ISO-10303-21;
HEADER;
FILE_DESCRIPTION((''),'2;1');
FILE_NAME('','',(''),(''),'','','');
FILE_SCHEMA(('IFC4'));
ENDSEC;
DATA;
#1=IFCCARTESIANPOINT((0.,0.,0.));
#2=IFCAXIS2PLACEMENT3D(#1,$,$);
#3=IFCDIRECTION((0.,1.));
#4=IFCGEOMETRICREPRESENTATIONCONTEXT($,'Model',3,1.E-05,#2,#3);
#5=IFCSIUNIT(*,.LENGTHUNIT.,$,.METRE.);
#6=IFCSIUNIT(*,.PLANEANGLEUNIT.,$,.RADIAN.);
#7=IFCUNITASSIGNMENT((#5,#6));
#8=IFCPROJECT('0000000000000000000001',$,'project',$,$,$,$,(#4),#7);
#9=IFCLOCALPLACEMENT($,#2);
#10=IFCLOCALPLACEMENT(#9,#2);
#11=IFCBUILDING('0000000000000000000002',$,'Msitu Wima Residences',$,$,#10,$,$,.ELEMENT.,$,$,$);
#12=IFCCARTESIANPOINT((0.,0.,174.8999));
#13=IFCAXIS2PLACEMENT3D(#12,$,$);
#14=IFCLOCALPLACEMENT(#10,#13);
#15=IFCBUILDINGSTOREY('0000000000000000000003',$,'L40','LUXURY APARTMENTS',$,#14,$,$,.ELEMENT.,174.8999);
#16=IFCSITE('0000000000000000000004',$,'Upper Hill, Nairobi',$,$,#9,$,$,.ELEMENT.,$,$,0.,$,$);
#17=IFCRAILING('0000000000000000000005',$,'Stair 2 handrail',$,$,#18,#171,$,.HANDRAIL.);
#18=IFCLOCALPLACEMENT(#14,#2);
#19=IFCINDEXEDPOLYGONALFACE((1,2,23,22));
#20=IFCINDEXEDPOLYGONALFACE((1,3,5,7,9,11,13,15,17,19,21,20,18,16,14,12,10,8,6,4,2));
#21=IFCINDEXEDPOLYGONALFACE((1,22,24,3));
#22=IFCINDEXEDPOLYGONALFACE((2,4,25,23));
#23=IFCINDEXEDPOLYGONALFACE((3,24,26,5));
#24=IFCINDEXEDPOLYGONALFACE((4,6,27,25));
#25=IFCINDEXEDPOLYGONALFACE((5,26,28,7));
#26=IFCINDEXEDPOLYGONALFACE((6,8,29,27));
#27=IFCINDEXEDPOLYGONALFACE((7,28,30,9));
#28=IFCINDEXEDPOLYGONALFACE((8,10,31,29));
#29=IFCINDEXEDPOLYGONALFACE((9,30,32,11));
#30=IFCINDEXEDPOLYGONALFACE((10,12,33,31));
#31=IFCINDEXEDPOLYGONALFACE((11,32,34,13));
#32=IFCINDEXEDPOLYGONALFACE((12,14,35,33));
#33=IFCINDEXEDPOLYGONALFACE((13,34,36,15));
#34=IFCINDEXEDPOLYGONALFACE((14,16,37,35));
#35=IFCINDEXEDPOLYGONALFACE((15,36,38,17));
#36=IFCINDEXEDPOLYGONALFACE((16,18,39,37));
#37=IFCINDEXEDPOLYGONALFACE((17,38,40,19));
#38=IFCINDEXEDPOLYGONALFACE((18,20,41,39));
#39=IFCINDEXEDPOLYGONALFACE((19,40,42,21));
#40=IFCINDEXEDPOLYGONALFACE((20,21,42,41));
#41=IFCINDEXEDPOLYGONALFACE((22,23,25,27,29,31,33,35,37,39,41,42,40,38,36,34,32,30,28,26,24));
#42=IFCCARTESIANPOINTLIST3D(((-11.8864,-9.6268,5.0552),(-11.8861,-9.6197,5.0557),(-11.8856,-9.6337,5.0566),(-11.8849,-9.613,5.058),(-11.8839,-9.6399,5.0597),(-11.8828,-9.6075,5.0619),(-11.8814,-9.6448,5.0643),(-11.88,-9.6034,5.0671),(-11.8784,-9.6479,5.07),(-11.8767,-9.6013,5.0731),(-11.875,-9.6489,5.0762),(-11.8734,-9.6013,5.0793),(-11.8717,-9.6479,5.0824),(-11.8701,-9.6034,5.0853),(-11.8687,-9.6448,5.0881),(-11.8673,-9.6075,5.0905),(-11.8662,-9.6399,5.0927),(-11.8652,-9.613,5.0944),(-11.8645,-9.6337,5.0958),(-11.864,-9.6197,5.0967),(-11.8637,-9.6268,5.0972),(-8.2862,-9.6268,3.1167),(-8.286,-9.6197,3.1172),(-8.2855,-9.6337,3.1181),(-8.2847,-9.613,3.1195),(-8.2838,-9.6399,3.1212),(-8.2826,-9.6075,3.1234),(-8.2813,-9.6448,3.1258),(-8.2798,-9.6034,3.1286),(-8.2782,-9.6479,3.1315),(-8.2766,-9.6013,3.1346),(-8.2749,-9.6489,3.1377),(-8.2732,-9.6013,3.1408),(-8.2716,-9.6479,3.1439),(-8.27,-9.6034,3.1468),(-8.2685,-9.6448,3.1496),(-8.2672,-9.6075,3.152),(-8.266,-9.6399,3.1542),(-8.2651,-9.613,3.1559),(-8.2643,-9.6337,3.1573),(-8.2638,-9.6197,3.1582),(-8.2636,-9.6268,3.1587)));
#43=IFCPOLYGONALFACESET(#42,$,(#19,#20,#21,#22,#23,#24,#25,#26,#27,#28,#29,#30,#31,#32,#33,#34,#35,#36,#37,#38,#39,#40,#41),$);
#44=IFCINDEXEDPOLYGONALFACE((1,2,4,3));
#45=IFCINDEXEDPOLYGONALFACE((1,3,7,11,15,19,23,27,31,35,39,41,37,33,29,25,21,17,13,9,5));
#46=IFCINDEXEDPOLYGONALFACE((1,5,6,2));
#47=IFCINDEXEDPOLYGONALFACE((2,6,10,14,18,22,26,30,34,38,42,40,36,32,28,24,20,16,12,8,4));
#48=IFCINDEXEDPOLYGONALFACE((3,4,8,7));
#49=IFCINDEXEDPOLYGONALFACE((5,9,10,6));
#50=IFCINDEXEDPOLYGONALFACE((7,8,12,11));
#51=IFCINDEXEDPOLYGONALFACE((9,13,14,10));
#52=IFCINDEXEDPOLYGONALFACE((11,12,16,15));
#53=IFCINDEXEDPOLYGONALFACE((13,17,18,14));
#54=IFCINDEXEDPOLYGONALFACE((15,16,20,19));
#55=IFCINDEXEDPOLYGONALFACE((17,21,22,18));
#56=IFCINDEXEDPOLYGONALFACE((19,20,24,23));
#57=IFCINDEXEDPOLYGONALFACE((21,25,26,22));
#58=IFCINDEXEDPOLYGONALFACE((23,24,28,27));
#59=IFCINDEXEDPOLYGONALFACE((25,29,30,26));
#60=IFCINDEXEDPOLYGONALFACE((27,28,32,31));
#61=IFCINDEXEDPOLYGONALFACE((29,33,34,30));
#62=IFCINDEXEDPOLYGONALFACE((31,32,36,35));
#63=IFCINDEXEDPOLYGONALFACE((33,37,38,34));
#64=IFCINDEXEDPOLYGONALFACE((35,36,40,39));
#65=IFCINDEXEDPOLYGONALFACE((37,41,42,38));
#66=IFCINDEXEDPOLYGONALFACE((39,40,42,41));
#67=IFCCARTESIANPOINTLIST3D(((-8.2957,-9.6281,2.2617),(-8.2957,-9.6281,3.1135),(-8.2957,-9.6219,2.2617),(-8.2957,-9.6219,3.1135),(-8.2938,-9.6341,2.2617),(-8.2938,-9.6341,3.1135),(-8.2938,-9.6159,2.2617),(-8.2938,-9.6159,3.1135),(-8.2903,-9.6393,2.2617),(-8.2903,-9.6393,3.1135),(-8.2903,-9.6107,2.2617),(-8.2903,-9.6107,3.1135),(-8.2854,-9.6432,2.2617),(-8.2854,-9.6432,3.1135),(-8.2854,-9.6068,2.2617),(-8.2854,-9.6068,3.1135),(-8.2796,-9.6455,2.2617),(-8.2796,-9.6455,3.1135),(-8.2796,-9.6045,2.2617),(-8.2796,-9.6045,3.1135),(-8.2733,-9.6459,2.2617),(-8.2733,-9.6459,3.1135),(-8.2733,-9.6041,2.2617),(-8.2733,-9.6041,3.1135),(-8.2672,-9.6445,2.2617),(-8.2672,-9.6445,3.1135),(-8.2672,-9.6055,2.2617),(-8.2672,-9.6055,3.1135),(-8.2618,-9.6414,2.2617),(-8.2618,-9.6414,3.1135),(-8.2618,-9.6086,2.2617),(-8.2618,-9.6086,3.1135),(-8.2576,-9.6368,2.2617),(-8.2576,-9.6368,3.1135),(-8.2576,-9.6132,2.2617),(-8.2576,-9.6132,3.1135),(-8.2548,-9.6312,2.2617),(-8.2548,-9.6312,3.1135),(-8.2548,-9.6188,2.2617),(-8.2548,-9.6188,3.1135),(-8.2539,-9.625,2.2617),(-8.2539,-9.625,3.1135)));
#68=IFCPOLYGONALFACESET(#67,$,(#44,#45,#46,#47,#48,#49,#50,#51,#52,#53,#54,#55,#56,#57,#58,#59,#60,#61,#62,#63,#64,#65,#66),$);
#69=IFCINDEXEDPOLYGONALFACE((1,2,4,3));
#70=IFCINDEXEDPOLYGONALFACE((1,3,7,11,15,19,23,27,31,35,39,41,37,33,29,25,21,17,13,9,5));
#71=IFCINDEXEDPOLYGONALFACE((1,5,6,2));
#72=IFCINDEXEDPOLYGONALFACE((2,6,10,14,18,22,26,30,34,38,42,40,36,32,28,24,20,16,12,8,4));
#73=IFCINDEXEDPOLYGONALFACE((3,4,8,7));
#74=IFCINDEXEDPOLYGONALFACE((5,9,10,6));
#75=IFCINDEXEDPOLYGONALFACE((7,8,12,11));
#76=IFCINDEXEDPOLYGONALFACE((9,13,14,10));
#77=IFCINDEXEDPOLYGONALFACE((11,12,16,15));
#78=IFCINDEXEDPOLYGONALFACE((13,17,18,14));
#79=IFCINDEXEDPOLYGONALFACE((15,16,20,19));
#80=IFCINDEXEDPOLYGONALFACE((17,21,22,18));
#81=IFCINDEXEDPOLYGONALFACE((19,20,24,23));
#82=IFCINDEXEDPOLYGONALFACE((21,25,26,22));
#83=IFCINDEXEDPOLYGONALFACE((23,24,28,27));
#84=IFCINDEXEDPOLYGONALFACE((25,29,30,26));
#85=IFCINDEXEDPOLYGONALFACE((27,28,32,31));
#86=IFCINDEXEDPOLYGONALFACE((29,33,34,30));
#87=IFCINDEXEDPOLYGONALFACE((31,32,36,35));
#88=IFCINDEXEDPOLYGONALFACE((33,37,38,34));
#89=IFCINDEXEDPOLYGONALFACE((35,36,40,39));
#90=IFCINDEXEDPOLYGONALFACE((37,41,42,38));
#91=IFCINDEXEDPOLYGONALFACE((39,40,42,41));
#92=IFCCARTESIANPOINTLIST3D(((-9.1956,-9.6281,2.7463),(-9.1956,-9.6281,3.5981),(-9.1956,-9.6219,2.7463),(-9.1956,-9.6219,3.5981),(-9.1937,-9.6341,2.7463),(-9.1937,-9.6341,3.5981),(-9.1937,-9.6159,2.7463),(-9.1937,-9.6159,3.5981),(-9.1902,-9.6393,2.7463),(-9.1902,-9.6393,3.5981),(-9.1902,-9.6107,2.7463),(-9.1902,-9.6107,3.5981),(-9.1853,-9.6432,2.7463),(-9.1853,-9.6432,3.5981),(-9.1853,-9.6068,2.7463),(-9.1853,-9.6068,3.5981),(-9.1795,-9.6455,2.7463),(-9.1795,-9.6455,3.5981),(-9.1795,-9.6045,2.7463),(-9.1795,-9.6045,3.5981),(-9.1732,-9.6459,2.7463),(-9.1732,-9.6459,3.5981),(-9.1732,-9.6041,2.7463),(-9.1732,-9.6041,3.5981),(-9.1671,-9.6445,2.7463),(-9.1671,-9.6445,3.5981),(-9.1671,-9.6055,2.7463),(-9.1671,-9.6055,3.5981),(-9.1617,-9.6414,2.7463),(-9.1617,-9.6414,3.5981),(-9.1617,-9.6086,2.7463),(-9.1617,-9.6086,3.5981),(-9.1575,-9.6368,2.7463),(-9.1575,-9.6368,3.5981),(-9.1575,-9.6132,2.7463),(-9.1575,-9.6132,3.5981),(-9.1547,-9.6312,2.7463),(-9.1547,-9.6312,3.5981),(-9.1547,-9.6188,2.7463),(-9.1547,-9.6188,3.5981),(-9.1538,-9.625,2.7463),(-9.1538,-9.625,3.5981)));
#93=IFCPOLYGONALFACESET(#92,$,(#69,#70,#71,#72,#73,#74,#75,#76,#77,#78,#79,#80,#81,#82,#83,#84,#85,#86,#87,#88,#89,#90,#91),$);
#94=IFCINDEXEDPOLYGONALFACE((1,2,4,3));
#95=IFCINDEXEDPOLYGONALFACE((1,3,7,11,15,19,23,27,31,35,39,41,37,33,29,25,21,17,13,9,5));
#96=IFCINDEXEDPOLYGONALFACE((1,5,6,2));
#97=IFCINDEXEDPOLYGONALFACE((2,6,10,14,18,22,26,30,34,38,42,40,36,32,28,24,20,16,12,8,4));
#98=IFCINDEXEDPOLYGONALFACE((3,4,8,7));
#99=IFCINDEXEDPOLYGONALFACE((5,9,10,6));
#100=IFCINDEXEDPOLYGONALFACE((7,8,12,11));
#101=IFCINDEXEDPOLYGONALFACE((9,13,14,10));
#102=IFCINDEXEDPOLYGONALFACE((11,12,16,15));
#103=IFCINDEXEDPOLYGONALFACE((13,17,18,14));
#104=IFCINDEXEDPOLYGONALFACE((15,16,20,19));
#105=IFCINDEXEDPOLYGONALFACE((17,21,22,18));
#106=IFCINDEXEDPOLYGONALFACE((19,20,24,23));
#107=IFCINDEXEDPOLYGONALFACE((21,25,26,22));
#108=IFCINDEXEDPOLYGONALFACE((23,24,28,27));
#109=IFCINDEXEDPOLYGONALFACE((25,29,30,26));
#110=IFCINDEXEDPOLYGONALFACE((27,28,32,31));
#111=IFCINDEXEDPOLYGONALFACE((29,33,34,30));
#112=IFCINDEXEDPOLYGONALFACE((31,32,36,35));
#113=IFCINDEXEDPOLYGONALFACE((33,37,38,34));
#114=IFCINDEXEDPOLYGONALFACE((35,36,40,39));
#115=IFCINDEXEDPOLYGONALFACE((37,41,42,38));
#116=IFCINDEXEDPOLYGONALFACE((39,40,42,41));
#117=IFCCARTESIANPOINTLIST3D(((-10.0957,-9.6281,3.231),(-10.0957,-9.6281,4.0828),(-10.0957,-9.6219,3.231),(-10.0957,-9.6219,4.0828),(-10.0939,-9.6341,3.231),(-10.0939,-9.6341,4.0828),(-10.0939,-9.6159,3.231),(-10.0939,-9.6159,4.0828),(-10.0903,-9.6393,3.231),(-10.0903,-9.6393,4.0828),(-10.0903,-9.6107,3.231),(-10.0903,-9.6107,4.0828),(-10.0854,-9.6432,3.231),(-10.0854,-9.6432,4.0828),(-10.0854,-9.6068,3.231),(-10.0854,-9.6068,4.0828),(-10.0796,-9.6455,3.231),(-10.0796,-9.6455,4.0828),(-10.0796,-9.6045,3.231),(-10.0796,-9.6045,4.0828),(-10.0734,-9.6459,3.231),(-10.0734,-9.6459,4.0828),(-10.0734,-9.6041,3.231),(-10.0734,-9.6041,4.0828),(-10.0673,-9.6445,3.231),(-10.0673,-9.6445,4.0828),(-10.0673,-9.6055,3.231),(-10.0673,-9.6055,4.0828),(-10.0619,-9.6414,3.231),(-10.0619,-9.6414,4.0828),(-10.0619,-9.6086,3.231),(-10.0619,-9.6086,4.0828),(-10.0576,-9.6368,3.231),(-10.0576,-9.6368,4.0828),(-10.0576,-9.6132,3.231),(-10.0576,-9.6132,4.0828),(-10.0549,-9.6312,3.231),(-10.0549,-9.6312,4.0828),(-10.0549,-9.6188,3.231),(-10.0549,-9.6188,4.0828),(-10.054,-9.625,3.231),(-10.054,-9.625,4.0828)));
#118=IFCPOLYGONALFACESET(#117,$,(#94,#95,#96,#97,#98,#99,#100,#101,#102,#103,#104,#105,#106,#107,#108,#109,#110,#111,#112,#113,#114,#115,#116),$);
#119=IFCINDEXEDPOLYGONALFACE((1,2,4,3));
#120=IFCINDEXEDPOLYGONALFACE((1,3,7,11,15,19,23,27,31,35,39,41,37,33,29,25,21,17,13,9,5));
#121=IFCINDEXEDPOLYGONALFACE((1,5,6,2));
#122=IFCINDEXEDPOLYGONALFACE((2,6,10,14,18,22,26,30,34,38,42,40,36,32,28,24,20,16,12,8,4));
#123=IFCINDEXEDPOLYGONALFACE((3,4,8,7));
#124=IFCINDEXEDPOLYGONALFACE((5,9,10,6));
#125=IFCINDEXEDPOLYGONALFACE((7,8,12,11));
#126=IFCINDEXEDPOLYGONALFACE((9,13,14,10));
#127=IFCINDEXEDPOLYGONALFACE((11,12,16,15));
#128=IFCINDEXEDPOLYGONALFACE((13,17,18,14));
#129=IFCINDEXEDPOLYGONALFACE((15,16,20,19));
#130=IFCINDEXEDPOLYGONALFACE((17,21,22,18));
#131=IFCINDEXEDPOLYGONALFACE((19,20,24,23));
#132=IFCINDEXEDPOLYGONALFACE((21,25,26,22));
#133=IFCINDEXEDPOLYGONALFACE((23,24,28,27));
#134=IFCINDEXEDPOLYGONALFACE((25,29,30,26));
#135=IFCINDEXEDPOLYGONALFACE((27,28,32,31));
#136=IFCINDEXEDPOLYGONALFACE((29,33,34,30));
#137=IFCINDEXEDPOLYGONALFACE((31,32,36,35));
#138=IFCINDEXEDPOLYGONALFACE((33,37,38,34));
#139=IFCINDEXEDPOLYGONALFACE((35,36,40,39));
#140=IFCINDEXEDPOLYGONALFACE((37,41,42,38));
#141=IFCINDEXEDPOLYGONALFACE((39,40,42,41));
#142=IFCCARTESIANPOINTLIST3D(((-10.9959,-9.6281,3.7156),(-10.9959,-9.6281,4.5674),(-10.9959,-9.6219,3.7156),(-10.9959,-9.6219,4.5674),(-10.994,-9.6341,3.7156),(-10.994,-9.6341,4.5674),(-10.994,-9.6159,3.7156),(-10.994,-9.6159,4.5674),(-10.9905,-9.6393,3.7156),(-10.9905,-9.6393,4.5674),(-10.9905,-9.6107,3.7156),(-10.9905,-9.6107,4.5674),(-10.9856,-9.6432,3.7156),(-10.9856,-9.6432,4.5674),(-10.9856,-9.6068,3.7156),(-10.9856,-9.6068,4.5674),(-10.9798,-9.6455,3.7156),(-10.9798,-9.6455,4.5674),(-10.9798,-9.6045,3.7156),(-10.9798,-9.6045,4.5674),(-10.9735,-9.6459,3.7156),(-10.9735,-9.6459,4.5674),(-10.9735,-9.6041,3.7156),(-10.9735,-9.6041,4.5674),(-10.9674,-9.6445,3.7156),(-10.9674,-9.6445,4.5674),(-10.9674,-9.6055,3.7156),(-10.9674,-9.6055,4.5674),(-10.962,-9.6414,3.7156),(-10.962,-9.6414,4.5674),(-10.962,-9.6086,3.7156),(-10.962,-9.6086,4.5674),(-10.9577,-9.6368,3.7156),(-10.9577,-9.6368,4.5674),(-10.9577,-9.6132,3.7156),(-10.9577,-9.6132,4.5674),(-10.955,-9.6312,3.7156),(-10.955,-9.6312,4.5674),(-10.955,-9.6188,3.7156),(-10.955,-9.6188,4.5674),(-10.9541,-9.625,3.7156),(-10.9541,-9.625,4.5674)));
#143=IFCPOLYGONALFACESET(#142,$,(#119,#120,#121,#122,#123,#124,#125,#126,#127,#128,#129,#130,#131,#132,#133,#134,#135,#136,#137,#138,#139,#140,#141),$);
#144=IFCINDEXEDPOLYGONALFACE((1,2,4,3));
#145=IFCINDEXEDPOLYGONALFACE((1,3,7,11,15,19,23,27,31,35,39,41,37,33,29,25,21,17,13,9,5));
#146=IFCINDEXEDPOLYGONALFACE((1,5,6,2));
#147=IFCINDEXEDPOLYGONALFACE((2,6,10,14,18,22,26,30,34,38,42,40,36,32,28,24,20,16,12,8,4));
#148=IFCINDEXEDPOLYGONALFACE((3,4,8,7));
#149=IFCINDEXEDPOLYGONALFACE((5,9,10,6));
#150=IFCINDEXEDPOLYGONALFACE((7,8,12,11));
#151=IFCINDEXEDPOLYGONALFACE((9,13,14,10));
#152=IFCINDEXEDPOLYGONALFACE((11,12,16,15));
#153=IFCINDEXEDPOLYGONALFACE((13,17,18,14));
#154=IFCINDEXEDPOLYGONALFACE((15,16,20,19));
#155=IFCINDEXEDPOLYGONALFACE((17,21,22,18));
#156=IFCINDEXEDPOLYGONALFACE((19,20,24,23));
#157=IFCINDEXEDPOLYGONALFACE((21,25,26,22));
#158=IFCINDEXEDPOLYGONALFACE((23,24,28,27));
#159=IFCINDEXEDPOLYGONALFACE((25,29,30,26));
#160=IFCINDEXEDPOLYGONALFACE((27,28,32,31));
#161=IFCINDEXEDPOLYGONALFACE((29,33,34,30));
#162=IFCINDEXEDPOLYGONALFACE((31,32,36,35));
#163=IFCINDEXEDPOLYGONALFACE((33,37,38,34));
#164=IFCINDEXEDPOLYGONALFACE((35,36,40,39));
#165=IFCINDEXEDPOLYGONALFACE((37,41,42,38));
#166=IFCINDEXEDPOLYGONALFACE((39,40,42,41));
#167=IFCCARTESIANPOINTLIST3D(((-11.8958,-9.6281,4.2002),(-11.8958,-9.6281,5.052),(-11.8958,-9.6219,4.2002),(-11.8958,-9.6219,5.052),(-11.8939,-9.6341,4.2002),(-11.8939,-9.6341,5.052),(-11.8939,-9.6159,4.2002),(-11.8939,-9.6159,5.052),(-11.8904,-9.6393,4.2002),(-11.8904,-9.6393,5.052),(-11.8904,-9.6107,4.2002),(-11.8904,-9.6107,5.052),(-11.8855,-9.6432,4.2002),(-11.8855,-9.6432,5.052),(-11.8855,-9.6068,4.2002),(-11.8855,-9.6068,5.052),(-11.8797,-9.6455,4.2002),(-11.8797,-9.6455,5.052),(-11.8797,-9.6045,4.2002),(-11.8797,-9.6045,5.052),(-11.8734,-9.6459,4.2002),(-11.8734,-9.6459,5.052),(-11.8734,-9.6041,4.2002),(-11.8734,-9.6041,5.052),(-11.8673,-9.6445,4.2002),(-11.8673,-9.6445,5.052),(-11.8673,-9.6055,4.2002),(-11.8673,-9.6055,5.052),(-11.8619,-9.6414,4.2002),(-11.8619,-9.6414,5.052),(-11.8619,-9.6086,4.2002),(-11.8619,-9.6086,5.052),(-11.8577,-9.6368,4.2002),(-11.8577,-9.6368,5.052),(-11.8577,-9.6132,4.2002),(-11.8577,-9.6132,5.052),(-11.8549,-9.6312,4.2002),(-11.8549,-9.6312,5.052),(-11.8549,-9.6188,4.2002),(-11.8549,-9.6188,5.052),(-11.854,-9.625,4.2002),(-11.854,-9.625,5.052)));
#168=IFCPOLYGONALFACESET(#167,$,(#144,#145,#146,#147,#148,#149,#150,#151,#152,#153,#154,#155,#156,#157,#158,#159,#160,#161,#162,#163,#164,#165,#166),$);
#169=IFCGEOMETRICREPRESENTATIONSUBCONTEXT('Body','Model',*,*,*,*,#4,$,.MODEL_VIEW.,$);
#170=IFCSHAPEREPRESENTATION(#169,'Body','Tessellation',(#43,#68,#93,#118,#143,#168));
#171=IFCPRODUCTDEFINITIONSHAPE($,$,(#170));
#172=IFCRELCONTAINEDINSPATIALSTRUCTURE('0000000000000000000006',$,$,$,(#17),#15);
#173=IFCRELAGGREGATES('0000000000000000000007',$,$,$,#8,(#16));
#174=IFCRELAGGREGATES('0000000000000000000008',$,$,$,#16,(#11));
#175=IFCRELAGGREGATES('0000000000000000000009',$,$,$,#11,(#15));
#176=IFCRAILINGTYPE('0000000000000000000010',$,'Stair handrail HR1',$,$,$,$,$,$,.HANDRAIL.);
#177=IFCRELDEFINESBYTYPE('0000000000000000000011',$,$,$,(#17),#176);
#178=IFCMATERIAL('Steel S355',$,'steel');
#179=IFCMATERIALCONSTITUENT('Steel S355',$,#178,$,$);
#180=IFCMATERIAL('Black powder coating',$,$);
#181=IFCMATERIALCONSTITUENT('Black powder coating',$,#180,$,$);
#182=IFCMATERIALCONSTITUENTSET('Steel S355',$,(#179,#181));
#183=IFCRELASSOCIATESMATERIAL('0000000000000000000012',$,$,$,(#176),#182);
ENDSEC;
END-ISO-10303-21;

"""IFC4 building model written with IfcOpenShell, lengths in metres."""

from ifc_helpers import new_model, si_unit, direction, frame, origin, origin_2d, place, context, subcontext, project, spatial, circle, extrude, material, constituent, constituent_set, type_object, element, save


model = new_model("IFC4")

# Units and contexts
model_context = context("Model", 3, precision=1e-05, world=origin(), true_north=direction((0.0, 1.0)))
body_context = subcontext(model_context, "Body", "Model", "MODEL_VIEW")
ifc_project = project(units=[si_unit("LENGTHUNIT", "METRE"), si_unit("PLANEANGLEUNIT", "RADIAN")], contexts=[model_context])

# Site, building, storey
site_placement = place(None, origin())
site = spatial("IfcSite", under=ifc_project, at=site_placement, Name="Upper Hill, Nairobi", CompositionType="ELEMENT", RefElevation=0.0)
building_placement = place(site_placement, origin())
building = spatial("IfcBuilding", under=site, at=building_placement, Name="Msitu Wima Residences", CompositionType="ELEMENT")
storey_placement = place(building_placement, frame((0.0, 0.0, 174.8999)))
storey = spatial("IfcBuildingStorey", under=building, at=storey_placement, Name="L40", Description="LUXURY APARTMENTS", CompositionType="ELEMENT", Elevation=174.8999)

# Railing
ifc_material_1 = material(Name="Steel S355", Category="steel")
ifc_constituent_1 = constituent(ifc_material_1, Name="Steel S355")
ifc_material_2 = material(Name="Black powder coating")
ifc_constituent_2 = constituent(ifc_material_2, Name="Black powder coating")
ifc_constituent_set = constituent_set(constituents=[ifc_constituent_1, ifc_constituent_2], Name="Steel S355")
railing_type = type_object("IfcRailingType", Name="Stair handrail HR1", PredefinedType="HANDRAIL", material=ifc_constituent_set)
railing_placement = place(storey_placement, frame((-8.2749, -9.625, 2.2617)))
element("IfcRailing", 1, at=railing_placement, inside=storey, type_object=railing_type, Name="Stair 2 handrail", PredefinedType="HANDRAIL", context=body_context, shape_type="SweptSolid", body=[
    extrude(circle(Radius=0.0239, at=origin_2d()), frame((0.0, 0.0, 0.876), z_axis=(-0.880475, 0.0, 0.474093), x_axis=(0.0, -1.0, 0.0)), (0.0, 0.0, 1.0), 4.0889),
    extrude(circle(Radius=0.021, at=origin_2d()), origin(), (0.0, 0.0, 1.0), 0.8518),
    extrude(circle(Radius=0.021, at=origin_2d()), frame((-0.8999, 0.0, 0.4846)), (0.0, 0.0, 1.0), 0.8518),
    extrude(circle(Radius=0.021, at=origin_2d()), frame((-1.8, 0.0, 0.9692)), (0.0, 0.0, 1.0), 0.8518),
    extrude(circle(Radius=0.021, at=origin_2d()), frame((-2.7002, 0.0, 1.4539)), (0.0, 0.0, 1.0), 0.8518),
    extrude(circle(Radius=0.021, at=origin_2d()), frame((-3.6001, 0.0, 1.9385)), (0.0, 0.0, 1.0), 0.8518),
])

save(model, "model.ifc")
